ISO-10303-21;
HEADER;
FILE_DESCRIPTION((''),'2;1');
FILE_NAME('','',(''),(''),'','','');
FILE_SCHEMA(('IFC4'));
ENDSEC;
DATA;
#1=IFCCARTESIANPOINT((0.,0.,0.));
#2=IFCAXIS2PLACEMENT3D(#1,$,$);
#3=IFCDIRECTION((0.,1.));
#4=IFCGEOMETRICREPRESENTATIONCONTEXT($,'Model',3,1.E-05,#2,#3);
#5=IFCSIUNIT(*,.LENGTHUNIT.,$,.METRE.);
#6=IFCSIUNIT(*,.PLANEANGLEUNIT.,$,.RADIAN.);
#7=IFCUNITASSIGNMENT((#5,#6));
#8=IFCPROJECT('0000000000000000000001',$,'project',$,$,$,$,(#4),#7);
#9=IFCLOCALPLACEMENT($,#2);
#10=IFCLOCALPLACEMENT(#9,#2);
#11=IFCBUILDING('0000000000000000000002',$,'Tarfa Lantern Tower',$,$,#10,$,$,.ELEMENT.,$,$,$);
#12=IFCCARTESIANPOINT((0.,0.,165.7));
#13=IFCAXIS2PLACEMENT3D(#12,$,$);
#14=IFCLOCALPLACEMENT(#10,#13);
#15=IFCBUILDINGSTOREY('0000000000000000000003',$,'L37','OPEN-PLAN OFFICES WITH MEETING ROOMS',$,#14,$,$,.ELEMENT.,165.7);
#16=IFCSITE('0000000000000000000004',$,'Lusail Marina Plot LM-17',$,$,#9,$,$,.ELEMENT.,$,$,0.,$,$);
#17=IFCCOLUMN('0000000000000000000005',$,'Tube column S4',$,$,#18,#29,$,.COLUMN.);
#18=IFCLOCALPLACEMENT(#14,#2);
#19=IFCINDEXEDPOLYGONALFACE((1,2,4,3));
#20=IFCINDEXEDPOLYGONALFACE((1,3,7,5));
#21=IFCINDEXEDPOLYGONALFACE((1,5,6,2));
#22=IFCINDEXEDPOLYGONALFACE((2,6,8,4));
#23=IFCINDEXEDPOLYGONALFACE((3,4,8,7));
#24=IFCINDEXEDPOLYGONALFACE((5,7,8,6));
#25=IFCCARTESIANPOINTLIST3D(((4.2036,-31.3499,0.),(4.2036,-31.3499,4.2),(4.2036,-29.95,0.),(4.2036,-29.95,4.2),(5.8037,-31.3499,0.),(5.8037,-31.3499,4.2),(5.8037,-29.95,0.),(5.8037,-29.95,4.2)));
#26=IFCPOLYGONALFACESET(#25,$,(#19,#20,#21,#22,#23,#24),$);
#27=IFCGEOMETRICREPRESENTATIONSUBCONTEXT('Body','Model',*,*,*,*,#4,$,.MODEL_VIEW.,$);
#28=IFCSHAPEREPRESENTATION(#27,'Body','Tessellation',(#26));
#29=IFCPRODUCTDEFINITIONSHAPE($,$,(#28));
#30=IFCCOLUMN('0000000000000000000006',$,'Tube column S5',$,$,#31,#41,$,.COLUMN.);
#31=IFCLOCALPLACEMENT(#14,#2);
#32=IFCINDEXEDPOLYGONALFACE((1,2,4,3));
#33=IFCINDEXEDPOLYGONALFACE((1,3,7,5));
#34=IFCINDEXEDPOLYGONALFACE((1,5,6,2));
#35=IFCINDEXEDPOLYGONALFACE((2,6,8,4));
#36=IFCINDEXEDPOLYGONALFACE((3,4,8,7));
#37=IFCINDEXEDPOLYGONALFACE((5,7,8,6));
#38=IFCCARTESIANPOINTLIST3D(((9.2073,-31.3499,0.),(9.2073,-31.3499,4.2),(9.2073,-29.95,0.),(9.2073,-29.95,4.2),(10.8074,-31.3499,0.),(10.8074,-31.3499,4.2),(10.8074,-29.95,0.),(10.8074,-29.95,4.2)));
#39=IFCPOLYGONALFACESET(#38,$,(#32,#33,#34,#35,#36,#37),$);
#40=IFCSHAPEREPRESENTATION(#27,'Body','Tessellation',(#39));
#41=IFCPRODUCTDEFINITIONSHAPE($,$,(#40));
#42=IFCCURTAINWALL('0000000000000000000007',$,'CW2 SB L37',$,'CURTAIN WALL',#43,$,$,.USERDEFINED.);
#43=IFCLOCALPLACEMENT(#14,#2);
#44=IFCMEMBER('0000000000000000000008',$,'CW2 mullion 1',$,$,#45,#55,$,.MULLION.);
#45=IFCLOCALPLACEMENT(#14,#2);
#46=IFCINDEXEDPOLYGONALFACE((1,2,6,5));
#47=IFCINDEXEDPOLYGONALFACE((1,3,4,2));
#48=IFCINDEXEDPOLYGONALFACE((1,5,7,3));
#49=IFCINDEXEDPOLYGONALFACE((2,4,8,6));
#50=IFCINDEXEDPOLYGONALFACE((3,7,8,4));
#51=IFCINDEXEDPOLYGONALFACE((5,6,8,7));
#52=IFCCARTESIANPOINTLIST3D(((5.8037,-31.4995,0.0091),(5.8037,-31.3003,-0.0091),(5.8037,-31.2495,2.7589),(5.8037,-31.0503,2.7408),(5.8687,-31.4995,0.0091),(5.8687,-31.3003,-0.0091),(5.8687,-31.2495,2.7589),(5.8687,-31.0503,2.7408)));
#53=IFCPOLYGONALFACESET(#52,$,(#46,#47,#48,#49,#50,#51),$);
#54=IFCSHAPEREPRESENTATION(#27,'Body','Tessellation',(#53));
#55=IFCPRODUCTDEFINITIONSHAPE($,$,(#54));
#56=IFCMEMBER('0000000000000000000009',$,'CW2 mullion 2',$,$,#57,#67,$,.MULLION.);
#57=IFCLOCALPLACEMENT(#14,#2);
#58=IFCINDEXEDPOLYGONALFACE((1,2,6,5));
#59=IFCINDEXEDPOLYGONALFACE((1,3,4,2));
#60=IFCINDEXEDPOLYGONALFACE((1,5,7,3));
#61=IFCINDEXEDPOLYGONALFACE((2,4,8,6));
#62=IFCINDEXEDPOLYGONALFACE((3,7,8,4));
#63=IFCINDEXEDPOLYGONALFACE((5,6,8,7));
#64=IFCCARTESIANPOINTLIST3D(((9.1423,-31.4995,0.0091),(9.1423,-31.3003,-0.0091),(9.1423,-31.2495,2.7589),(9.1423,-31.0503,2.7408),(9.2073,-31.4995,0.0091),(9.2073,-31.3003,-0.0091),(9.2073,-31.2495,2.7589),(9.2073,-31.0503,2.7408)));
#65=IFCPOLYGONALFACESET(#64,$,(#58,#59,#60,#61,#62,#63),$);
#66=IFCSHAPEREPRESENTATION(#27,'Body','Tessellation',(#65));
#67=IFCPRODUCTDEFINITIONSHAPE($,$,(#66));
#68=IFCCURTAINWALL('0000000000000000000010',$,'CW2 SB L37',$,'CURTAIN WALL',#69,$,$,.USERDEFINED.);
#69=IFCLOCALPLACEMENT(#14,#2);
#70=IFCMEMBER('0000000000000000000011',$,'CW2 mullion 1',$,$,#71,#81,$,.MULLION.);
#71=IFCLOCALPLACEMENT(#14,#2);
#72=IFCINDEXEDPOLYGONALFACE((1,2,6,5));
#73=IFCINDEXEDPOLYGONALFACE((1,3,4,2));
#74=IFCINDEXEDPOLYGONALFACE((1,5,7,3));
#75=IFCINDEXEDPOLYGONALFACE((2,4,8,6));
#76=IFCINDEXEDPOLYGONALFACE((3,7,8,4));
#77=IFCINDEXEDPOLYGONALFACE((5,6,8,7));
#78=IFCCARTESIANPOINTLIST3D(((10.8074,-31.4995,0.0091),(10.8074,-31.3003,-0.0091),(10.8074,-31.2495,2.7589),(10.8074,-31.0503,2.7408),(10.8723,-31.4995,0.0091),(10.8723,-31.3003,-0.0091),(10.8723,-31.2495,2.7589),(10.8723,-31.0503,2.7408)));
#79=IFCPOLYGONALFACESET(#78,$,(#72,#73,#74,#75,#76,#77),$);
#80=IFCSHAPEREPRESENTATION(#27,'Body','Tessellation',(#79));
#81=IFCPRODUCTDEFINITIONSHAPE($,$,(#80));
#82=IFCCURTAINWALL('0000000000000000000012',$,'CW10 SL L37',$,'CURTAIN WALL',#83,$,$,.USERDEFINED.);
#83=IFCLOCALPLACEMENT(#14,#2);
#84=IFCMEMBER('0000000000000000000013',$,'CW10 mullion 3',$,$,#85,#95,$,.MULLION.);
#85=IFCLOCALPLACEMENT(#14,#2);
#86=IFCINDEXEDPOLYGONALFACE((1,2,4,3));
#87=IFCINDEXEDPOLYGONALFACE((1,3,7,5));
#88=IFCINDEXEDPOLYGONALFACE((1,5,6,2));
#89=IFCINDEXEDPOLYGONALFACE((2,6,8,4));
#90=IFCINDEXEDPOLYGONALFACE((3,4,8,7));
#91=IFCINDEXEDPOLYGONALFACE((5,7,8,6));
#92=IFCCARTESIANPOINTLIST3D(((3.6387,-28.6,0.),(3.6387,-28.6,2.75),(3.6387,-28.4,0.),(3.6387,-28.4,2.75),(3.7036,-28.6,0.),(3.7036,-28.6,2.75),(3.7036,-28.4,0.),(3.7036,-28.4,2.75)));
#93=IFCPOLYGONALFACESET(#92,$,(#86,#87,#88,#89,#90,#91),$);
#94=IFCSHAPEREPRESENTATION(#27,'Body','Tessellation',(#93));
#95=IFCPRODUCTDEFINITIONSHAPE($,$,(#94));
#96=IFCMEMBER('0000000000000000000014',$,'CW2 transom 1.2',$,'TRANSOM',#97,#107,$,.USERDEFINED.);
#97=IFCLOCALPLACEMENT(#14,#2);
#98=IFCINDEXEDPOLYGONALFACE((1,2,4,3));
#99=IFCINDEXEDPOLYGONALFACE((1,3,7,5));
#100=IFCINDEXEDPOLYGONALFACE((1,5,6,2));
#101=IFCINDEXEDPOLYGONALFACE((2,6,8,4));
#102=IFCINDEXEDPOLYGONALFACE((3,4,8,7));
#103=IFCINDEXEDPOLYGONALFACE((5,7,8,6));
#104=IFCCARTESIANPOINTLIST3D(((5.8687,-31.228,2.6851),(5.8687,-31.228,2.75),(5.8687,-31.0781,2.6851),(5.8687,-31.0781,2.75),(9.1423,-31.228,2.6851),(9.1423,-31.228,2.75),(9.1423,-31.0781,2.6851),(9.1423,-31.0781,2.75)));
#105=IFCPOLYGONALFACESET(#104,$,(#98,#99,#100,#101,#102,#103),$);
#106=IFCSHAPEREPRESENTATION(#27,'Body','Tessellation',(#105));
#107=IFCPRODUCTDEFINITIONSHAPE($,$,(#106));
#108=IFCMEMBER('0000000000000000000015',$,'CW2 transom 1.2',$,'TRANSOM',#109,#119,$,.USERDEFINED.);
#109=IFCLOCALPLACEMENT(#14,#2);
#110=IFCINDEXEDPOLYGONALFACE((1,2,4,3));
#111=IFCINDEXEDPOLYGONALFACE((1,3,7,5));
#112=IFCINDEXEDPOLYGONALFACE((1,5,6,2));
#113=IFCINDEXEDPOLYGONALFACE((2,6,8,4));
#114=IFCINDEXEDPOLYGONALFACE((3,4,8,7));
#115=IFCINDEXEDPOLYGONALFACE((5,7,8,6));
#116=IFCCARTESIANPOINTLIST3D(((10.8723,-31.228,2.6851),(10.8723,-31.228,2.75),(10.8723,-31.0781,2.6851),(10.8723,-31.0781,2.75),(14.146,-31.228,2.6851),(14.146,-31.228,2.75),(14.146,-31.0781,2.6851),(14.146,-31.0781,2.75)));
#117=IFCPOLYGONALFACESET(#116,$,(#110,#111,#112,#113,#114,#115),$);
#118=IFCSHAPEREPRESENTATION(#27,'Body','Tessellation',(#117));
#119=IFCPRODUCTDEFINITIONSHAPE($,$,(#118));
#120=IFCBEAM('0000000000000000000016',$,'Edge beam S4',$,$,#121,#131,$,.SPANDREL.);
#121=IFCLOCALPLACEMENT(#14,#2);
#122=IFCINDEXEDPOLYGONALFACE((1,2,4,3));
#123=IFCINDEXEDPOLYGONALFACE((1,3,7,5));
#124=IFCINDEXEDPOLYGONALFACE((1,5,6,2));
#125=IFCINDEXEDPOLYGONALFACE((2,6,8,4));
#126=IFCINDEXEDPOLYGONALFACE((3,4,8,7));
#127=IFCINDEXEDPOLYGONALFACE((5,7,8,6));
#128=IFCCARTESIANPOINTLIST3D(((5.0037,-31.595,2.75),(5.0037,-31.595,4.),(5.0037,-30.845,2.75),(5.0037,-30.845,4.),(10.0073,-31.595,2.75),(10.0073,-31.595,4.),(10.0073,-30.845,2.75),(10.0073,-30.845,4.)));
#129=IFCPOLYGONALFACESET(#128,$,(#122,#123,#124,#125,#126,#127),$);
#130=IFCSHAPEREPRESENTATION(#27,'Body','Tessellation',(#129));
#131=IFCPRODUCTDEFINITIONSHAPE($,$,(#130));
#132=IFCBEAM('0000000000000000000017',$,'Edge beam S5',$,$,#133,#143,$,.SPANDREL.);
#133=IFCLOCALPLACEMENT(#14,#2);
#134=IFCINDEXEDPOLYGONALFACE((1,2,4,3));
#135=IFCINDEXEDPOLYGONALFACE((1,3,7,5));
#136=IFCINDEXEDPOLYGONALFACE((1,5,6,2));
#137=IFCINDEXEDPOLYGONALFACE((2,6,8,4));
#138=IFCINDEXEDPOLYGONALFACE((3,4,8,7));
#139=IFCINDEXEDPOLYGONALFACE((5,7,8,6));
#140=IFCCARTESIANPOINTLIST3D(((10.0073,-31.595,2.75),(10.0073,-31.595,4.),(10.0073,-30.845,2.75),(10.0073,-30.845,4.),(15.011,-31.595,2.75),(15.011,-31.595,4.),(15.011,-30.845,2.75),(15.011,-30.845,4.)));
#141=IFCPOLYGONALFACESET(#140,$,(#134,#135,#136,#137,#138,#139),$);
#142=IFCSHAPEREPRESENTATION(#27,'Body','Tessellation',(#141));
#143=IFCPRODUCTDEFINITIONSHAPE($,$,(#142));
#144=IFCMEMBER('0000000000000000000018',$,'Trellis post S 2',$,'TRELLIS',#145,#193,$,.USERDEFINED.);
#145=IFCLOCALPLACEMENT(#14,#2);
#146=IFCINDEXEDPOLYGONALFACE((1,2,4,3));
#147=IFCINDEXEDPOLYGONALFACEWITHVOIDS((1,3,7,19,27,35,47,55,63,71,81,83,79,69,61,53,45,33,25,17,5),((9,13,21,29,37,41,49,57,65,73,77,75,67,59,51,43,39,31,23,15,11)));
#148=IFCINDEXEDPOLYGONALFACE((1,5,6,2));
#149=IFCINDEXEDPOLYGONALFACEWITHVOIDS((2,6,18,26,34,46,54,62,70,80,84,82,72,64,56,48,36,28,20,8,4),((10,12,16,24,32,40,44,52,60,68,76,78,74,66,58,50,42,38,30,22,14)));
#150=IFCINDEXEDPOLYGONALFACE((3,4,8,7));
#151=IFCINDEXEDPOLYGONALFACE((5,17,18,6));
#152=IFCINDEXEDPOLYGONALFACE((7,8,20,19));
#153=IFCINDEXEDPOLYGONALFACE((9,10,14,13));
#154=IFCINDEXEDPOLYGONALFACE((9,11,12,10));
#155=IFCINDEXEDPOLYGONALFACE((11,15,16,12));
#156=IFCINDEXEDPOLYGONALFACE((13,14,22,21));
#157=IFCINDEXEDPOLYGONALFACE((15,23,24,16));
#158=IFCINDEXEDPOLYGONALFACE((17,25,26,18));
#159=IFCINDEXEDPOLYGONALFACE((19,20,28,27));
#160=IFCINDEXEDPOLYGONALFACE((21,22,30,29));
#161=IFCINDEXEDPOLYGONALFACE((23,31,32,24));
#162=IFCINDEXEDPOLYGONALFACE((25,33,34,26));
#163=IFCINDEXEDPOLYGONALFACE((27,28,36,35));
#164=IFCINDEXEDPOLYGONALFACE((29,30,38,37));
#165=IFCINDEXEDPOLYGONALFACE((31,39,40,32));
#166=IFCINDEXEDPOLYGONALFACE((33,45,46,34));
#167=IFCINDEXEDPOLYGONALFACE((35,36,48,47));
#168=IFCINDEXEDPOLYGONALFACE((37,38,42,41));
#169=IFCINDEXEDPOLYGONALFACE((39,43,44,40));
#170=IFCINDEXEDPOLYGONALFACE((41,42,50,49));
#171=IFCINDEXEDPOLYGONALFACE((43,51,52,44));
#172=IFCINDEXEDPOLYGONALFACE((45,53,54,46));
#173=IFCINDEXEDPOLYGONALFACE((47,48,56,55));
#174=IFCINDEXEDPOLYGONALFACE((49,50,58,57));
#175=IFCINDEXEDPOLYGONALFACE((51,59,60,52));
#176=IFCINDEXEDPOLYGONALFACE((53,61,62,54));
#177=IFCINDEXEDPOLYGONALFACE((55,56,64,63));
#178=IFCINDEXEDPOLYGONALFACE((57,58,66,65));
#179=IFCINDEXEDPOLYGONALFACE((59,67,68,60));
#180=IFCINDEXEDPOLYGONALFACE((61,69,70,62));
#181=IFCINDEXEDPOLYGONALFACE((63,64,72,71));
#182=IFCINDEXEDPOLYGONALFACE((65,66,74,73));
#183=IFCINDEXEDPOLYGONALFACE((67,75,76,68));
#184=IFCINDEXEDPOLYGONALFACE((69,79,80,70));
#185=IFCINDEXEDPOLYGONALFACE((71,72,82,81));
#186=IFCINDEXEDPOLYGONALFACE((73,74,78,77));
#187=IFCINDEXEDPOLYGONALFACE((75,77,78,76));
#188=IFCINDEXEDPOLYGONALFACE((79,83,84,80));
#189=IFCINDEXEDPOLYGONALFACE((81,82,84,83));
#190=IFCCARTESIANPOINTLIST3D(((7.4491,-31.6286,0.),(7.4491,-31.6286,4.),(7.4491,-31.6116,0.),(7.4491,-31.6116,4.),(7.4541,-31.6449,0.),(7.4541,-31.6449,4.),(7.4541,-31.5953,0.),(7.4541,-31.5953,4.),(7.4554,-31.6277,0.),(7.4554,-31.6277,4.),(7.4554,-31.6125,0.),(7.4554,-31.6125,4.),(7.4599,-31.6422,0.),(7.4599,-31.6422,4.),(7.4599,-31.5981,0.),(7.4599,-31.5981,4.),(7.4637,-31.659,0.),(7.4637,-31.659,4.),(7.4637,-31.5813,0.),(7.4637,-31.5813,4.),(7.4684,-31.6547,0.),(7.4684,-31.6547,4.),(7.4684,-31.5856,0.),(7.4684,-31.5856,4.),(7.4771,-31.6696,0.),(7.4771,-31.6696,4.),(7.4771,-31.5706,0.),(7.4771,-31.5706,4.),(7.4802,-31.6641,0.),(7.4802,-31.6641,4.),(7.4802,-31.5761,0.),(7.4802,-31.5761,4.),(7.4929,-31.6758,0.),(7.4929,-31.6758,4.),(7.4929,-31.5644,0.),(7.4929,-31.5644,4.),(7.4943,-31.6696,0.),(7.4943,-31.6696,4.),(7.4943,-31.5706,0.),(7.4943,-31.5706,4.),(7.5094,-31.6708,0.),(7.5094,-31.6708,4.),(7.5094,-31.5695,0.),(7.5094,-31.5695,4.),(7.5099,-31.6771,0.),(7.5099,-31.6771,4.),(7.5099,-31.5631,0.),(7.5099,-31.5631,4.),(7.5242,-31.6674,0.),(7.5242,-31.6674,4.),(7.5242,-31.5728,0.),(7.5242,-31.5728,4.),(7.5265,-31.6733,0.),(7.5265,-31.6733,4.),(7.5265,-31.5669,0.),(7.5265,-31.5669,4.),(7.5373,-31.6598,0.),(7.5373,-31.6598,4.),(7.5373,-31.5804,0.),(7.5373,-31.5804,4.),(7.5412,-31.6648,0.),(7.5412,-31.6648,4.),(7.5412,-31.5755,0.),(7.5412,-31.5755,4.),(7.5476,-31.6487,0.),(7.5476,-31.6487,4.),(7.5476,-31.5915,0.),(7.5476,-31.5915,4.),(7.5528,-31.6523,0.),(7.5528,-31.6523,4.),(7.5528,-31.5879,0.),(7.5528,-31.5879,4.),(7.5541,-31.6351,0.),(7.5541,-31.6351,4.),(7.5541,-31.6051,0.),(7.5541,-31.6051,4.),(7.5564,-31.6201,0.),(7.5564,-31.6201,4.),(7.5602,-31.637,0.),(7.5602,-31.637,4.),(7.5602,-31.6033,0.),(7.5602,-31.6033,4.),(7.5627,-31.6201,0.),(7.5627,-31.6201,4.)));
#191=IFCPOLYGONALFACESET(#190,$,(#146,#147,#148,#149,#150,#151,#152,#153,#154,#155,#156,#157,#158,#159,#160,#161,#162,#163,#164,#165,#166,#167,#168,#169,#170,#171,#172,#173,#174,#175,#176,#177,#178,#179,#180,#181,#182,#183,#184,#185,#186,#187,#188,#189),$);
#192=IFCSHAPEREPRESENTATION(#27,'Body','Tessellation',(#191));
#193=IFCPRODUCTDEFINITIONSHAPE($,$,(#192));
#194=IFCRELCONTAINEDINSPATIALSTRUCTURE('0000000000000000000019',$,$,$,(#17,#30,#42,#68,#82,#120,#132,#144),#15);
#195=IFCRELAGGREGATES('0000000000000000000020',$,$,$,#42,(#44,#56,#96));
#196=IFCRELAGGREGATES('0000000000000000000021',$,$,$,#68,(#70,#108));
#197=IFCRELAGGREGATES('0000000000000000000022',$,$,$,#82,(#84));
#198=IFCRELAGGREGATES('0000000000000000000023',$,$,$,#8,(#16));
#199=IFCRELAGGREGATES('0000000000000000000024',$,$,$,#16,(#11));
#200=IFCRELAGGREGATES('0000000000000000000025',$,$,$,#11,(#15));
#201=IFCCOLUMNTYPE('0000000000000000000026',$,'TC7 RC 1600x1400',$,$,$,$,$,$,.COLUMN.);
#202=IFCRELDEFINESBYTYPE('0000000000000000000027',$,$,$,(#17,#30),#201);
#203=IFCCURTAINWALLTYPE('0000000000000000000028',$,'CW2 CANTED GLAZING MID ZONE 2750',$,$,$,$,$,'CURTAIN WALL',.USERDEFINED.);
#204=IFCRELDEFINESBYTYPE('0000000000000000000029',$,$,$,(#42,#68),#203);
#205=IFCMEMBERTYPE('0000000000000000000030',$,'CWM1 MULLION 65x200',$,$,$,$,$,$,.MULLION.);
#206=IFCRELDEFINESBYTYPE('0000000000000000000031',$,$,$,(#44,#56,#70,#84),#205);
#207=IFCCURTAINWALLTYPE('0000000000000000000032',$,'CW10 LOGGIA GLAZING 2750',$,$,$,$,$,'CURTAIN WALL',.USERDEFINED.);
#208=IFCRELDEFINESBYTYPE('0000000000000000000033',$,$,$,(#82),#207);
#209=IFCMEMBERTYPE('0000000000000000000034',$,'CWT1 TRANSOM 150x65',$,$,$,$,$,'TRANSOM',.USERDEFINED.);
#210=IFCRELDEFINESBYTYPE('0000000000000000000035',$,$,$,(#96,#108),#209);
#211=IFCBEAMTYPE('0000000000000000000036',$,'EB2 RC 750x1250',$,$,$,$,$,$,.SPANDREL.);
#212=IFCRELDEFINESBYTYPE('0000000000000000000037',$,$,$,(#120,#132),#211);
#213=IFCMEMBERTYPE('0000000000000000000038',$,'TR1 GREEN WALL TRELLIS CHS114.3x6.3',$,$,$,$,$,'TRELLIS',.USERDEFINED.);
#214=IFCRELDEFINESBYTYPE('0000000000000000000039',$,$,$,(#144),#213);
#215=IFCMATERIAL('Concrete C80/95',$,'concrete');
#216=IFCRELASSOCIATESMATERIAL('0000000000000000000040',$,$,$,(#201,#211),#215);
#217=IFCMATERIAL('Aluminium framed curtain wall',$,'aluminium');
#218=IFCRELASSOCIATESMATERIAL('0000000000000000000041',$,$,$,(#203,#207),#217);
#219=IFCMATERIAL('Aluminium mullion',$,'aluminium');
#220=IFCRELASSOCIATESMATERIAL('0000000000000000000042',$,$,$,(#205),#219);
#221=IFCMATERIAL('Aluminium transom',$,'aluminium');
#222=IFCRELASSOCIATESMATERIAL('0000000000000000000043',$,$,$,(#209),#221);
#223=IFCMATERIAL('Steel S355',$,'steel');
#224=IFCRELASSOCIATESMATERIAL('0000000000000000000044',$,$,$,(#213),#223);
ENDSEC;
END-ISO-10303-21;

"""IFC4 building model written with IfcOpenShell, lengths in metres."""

from ifc_helpers import new_model, si_unit, direction, frame, origin, origin_2d, place, context, subcontext, project, spatial, rectangle, hollow_circle, extrude, material, material_profile, profile_set, type_object, element, aggregate, save


model = new_model("IFC4")

# Units and contexts
model_context = context("Model", 3, precision=1e-05, world=origin(), true_north=direction((0.0, 1.0)))
body_context = subcontext(model_context, "Body", "Model", "MODEL_VIEW")
ifc_project = project(units=[si_unit("LENGTHUNIT", "METRE"), si_unit("PLANEANGLEUNIT", "RADIAN")], contexts=[model_context])

# Site, building, storey
site_placement = place(None, origin())
site = spatial("IfcSite", under=ifc_project, at=site_placement, Name="Lusail Marina Plot LM-17", CompositionType="ELEMENT", RefElevation=0.0)
building_placement = place(site_placement, origin())
building = spatial("IfcBuilding", under=site, at=building_placement, Name="Tarfa Lantern Tower", CompositionType="ELEMENT")
storey_placement = place(building_placement, frame((0.0, 0.0, 165.7)))
storey = spatial("IfcBuildingStorey", under=building, at=storey_placement, Name="L37", Description="OPEN-PLAN OFFICES WITH MEETING ROOMS", CompositionType="ELEMENT", Elevation=165.7)

# Columns
ifc_material_1 = material(Name="Concrete C80/95", Category="concrete")
ifc_material_profile_1 = material_profile(ifc_material_1, rectangle(XDim=1.6001, YDim=1.3999, at=origin_2d()), Name="RC 1600x1400")
ifc_profile_set_1 = profile_set([ifc_material_profile_1], Name="Concrete C80/95")
column_type = type_object("IfcColumnType", Name="TC7 RC 1600x1400", PredefinedType="COLUMN", material=ifc_profile_set_1)
for number, where, z_axis, x_axis, name in (
    (1, (5.0037, -30.6499, 0.0), (0.0, 0.0, 1.0), (1.0, 0.0, 0.0), "Tube column S4"),
    (2, (10.0073, -30.6499, 0.0), (0.0, 0.0, 1.0), (1.0, 0.0, 0.0), "Tube column S5"),
):
    element("IfcColumn", number, at=place(storey_placement, frame(where, z_axis=z_axis, x_axis=x_axis)), inside=storey, type_object=column_type, Name=name, PredefinedType="COLUMN", context=body_context, shape_type="SweptSolid", body=[
        extrude(rectangle(XDim=1.6001, YDim=1.3999, at=origin_2d()), origin(), (0.0, 0.0, 1.0), 4.2),
    ])

# Curtain wall, members
ifc_material_2 = material(Name="Aluminium framed curtain wall", Category="aluminium")
curtain_wall_type_1 = type_object("IfcCurtainWallType", Name="CW2 CANTED GLAZING MID ZONE 2750", ElementType="CURTAIN WALL", PredefinedType="USERDEFINED", material=ifc_material_2)
curtain_wall_1_placement = place(storey_placement, origin())
curtain_wall_1 = element("IfcCurtainWall", 3, at=curtain_wall_1_placement, inside=storey, type_object=curtain_wall_type_1, Name="CW2 SB L37", ObjectType="CURTAIN WALL", PredefinedType="USERDEFINED")
ifc_material_3 = material(Name="Aluminium mullion", Category="aluminium")
ifc_material_profile_2 = material_profile(ifc_material_3, rectangle(XDim=0.0649, YDim=0.2, at=origin_2d()), Name="AL MULLION 65x200")
ifc_profile_set_2 = profile_set([ifc_material_profile_2], Name="Aluminium mullion")
member_type_1 = type_object("IfcMemberType", Name="CWM1 MULLION 65x200", PredefinedType="MULLION", material=ifc_profile_set_2)
member_1_placement = place(storey_placement, frame((5.8362, -31.3999, 0.0), z_axis=(0.0, 0.090536, 0.995893), x_axis=(-1.0, 0.0, 0.0)))
member_1 = element("IfcMember", 4, at=member_1_placement, type_object=member_type_1, Name="CW2 mullion 1", PredefinedType="MULLION", context=body_context, shape_type="SweptSolid", body=[
    extrude(rectangle(XDim=0.0649, YDim=0.2, at=origin_2d()), origin(), (0.0, 0.0, 1.0), 2.7612),
])
member_2_placement = place(storey_placement, frame((9.1748, -31.3999, 0.0), z_axis=(0.0, 0.090536, 0.995893), x_axis=(-1.0, 0.0, 0.0)))
member_2 = element("IfcMember", 5, at=member_2_placement, type_object=member_type_1, Name="CW2 mullion 2", PredefinedType="MULLION", context=body_context, shape_type="SweptSolid", body=[
    extrude(rectangle(XDim=0.0649, YDim=0.2, at=origin_2d()), origin(), (0.0, 0.0, 1.0), 2.7612),
])

# Curtain walls, members
curtain_wall_2_placement = place(storey_placement, origin())
curtain_wall_2 = element("IfcCurtainWall", 6, at=curtain_wall_2_placement, inside=storey, type_object=curtain_wall_type_1, Name="CW2 SB L37", ObjectType="CURTAIN WALL", PredefinedType="USERDEFINED")
member_3_placement = place(storey_placement, frame((10.8398, -31.3999, 0.0), z_axis=(0.0, 0.090536, 0.995893), x_axis=(-1.0, 0.0, 0.0)))
member_3 = element("IfcMember", 7, at=member_3_placement, type_object=member_type_1, Name="CW2 mullion 1", PredefinedType="MULLION", context=body_context, shape_type="SweptSolid", body=[
    extrude(rectangle(XDim=0.0649, YDim=0.2, at=origin_2d()), origin(), (0.0, 0.0, 1.0), 2.7612),
])
curtain_wall_type_2 = type_object("IfcCurtainWallType", Name="CW10 LOGGIA GLAZING 2750", ElementType="CURTAIN WALL", PredefinedType="USERDEFINED", material=ifc_material_2)
curtain_wall_3_placement = place(storey_placement, origin())
curtain_wall_3 = element("IfcCurtainWall", 8, at=curtain_wall_3_placement, inside=storey, type_object=curtain_wall_type_2, Name="CW10 SL L37", ObjectType="CURTAIN WALL", PredefinedType="USERDEFINED")
member_4_placement = place(storey_placement, frame((3.6711, -28.5, 0.0), z_axis=(0.0, 0.0, 1.0), x_axis=(1.0, 0.0, 0.0)))
member_4 = element("IfcMember", 9, at=member_4_placement, type_object=member_type_1, Name="CW10 mullion 3", PredefinedType="MULLION", context=body_context, shape_type="SweptSolid", body=[
    extrude(rectangle(XDim=0.0649, YDim=0.2, at=origin_2d()), origin(), (0.0, 0.0, 1.0), 2.75),
])

# Members
ifc_material_4 = material(Name="Aluminium transom", Category="aluminium")
ifc_material_profile_3 = material_profile(ifc_material_4, rectangle(XDim=0.1499, YDim=0.0649, at=origin_2d()), Name="AL TRANSOM 150x65")
ifc_profile_set_3 = profile_set([ifc_material_profile_3], Name="Aluminium transom")
member_type_2 = type_object("IfcMemberType", Name="CWT1 TRANSOM 150x65", ElementType="TRANSOM", PredefinedType="USERDEFINED", material=ifc_profile_set_3)
member_5_placement = place(storey_placement, frame((5.8687, -31.1531, 2.7175), z_axis=(1.0, 0.0, 0.0), x_axis=(0.0, 1.0, 0.0)))
member_5 = element("IfcMember", 10, at=member_5_placement, type_object=member_type_2, Name="CW2 transom 1.2", ObjectType="TRANSOM", PredefinedType="USERDEFINED", context=body_context, shape_type="SweptSolid", body=[
    extrude(rectangle(XDim=0.1499, YDim=0.0649, at=origin_2d()), origin(), (0.0, 0.0, 1.0), 3.2737),
])
member_6_placement = place(storey_placement, frame((10.8723, -31.1531, 2.7175), z_axis=(1.0, 0.0, 0.0), x_axis=(0.0, 1.0, 0.0)))
member_6 = element("IfcMember", 11, at=member_6_placement, type_object=member_type_2, Name="CW2 transom 1.2", ObjectType="TRANSOM", PredefinedType="USERDEFINED", context=body_context, shape_type="SweptSolid", body=[
    extrude(rectangle(XDim=0.1499, YDim=0.0649, at=origin_2d()), origin(), (0.0, 0.0, 1.0), 3.2737),
])

# Beams
ifc_material_profile_4 = material_profile(ifc_material_1, rectangle(XDim=0.75, YDim=1.25, at=origin_2d()), Name="RC 750x1250")
ifc_profile_set_4 = profile_set([ifc_material_profile_4], Name="Concrete C80/95")
beam_type_1 = type_object("IfcBeamType", Name="EB2 RC 750x1250", PredefinedType="SPANDREL", material=ifc_profile_set_4)
for number, where, z_axis, x_axis, name in (
    (12, (5.0037, -31.22, 3.375), (1.0, 0.0, 0.0), (0.0, 1.0, 0.0), "Edge beam S4"),
    (13, (10.0073, -31.22, 3.375), (1.0, 0.0, 0.0), (0.0, 1.0, 0.0), "Edge beam S5"),
):
    element("IfcBeam", number, at=place(storey_placement, frame(where, z_axis=z_axis, x_axis=x_axis)), inside=storey, type_object=beam_type_1, Name=name, PredefinedType="SPANDREL", context=body_context, shape_type="SweptSolid", body=[
        extrude(rectangle(XDim=0.75, YDim=1.25, at=origin_2d()), origin(), (0.0, 0.0, 1.0), 5.0037),
    ])

# Member
ifc_material_5 = material(Name="Steel S355", Category="steel")
ifc_material_profile_5 = material_profile(ifc_material_5, hollow_circle(Radius=0.0571, WallThickness=0.0063, at=origin_2d()), Name="CHS114.3x6.3")
ifc_profile_set_5 = profile_set([ifc_material_profile_5], Name="Steel S355")
member_type_3 = type_object("IfcMemberType", Name="TR1 GREEN WALL TRELLIS CHS114.3x6.3", ElementType="TRELLIS", PredefinedType="USERDEFINED", material=ifc_profile_set_5)
member_7_placement = place(storey_placement, frame((7.5056, -31.6201, 0.0), z_axis=(0.0, 0.0, 1.0), x_axis=(1.0, 0.0, 0.0)))
element("IfcMember", 14, at=member_7_placement, inside=storey, type_object=member_type_3, Name="Trellis post S 2", ObjectType="TRELLIS", PredefinedType="USERDEFINED", context=body_context, shape_type="SweptSolid", body=[
    extrude(hollow_circle(Radius=0.0571, WallThickness=0.0063, at=origin_2d()), origin(), (0.0, 0.0, 1.0), 4.0),
])

aggregate(curtain_wall_1, [member_1, member_2, member_5])
aggregate(curtain_wall_2, [member_3, member_6])
aggregate(curtain_wall_3, [member_4])

save(model, "model.ifc")
